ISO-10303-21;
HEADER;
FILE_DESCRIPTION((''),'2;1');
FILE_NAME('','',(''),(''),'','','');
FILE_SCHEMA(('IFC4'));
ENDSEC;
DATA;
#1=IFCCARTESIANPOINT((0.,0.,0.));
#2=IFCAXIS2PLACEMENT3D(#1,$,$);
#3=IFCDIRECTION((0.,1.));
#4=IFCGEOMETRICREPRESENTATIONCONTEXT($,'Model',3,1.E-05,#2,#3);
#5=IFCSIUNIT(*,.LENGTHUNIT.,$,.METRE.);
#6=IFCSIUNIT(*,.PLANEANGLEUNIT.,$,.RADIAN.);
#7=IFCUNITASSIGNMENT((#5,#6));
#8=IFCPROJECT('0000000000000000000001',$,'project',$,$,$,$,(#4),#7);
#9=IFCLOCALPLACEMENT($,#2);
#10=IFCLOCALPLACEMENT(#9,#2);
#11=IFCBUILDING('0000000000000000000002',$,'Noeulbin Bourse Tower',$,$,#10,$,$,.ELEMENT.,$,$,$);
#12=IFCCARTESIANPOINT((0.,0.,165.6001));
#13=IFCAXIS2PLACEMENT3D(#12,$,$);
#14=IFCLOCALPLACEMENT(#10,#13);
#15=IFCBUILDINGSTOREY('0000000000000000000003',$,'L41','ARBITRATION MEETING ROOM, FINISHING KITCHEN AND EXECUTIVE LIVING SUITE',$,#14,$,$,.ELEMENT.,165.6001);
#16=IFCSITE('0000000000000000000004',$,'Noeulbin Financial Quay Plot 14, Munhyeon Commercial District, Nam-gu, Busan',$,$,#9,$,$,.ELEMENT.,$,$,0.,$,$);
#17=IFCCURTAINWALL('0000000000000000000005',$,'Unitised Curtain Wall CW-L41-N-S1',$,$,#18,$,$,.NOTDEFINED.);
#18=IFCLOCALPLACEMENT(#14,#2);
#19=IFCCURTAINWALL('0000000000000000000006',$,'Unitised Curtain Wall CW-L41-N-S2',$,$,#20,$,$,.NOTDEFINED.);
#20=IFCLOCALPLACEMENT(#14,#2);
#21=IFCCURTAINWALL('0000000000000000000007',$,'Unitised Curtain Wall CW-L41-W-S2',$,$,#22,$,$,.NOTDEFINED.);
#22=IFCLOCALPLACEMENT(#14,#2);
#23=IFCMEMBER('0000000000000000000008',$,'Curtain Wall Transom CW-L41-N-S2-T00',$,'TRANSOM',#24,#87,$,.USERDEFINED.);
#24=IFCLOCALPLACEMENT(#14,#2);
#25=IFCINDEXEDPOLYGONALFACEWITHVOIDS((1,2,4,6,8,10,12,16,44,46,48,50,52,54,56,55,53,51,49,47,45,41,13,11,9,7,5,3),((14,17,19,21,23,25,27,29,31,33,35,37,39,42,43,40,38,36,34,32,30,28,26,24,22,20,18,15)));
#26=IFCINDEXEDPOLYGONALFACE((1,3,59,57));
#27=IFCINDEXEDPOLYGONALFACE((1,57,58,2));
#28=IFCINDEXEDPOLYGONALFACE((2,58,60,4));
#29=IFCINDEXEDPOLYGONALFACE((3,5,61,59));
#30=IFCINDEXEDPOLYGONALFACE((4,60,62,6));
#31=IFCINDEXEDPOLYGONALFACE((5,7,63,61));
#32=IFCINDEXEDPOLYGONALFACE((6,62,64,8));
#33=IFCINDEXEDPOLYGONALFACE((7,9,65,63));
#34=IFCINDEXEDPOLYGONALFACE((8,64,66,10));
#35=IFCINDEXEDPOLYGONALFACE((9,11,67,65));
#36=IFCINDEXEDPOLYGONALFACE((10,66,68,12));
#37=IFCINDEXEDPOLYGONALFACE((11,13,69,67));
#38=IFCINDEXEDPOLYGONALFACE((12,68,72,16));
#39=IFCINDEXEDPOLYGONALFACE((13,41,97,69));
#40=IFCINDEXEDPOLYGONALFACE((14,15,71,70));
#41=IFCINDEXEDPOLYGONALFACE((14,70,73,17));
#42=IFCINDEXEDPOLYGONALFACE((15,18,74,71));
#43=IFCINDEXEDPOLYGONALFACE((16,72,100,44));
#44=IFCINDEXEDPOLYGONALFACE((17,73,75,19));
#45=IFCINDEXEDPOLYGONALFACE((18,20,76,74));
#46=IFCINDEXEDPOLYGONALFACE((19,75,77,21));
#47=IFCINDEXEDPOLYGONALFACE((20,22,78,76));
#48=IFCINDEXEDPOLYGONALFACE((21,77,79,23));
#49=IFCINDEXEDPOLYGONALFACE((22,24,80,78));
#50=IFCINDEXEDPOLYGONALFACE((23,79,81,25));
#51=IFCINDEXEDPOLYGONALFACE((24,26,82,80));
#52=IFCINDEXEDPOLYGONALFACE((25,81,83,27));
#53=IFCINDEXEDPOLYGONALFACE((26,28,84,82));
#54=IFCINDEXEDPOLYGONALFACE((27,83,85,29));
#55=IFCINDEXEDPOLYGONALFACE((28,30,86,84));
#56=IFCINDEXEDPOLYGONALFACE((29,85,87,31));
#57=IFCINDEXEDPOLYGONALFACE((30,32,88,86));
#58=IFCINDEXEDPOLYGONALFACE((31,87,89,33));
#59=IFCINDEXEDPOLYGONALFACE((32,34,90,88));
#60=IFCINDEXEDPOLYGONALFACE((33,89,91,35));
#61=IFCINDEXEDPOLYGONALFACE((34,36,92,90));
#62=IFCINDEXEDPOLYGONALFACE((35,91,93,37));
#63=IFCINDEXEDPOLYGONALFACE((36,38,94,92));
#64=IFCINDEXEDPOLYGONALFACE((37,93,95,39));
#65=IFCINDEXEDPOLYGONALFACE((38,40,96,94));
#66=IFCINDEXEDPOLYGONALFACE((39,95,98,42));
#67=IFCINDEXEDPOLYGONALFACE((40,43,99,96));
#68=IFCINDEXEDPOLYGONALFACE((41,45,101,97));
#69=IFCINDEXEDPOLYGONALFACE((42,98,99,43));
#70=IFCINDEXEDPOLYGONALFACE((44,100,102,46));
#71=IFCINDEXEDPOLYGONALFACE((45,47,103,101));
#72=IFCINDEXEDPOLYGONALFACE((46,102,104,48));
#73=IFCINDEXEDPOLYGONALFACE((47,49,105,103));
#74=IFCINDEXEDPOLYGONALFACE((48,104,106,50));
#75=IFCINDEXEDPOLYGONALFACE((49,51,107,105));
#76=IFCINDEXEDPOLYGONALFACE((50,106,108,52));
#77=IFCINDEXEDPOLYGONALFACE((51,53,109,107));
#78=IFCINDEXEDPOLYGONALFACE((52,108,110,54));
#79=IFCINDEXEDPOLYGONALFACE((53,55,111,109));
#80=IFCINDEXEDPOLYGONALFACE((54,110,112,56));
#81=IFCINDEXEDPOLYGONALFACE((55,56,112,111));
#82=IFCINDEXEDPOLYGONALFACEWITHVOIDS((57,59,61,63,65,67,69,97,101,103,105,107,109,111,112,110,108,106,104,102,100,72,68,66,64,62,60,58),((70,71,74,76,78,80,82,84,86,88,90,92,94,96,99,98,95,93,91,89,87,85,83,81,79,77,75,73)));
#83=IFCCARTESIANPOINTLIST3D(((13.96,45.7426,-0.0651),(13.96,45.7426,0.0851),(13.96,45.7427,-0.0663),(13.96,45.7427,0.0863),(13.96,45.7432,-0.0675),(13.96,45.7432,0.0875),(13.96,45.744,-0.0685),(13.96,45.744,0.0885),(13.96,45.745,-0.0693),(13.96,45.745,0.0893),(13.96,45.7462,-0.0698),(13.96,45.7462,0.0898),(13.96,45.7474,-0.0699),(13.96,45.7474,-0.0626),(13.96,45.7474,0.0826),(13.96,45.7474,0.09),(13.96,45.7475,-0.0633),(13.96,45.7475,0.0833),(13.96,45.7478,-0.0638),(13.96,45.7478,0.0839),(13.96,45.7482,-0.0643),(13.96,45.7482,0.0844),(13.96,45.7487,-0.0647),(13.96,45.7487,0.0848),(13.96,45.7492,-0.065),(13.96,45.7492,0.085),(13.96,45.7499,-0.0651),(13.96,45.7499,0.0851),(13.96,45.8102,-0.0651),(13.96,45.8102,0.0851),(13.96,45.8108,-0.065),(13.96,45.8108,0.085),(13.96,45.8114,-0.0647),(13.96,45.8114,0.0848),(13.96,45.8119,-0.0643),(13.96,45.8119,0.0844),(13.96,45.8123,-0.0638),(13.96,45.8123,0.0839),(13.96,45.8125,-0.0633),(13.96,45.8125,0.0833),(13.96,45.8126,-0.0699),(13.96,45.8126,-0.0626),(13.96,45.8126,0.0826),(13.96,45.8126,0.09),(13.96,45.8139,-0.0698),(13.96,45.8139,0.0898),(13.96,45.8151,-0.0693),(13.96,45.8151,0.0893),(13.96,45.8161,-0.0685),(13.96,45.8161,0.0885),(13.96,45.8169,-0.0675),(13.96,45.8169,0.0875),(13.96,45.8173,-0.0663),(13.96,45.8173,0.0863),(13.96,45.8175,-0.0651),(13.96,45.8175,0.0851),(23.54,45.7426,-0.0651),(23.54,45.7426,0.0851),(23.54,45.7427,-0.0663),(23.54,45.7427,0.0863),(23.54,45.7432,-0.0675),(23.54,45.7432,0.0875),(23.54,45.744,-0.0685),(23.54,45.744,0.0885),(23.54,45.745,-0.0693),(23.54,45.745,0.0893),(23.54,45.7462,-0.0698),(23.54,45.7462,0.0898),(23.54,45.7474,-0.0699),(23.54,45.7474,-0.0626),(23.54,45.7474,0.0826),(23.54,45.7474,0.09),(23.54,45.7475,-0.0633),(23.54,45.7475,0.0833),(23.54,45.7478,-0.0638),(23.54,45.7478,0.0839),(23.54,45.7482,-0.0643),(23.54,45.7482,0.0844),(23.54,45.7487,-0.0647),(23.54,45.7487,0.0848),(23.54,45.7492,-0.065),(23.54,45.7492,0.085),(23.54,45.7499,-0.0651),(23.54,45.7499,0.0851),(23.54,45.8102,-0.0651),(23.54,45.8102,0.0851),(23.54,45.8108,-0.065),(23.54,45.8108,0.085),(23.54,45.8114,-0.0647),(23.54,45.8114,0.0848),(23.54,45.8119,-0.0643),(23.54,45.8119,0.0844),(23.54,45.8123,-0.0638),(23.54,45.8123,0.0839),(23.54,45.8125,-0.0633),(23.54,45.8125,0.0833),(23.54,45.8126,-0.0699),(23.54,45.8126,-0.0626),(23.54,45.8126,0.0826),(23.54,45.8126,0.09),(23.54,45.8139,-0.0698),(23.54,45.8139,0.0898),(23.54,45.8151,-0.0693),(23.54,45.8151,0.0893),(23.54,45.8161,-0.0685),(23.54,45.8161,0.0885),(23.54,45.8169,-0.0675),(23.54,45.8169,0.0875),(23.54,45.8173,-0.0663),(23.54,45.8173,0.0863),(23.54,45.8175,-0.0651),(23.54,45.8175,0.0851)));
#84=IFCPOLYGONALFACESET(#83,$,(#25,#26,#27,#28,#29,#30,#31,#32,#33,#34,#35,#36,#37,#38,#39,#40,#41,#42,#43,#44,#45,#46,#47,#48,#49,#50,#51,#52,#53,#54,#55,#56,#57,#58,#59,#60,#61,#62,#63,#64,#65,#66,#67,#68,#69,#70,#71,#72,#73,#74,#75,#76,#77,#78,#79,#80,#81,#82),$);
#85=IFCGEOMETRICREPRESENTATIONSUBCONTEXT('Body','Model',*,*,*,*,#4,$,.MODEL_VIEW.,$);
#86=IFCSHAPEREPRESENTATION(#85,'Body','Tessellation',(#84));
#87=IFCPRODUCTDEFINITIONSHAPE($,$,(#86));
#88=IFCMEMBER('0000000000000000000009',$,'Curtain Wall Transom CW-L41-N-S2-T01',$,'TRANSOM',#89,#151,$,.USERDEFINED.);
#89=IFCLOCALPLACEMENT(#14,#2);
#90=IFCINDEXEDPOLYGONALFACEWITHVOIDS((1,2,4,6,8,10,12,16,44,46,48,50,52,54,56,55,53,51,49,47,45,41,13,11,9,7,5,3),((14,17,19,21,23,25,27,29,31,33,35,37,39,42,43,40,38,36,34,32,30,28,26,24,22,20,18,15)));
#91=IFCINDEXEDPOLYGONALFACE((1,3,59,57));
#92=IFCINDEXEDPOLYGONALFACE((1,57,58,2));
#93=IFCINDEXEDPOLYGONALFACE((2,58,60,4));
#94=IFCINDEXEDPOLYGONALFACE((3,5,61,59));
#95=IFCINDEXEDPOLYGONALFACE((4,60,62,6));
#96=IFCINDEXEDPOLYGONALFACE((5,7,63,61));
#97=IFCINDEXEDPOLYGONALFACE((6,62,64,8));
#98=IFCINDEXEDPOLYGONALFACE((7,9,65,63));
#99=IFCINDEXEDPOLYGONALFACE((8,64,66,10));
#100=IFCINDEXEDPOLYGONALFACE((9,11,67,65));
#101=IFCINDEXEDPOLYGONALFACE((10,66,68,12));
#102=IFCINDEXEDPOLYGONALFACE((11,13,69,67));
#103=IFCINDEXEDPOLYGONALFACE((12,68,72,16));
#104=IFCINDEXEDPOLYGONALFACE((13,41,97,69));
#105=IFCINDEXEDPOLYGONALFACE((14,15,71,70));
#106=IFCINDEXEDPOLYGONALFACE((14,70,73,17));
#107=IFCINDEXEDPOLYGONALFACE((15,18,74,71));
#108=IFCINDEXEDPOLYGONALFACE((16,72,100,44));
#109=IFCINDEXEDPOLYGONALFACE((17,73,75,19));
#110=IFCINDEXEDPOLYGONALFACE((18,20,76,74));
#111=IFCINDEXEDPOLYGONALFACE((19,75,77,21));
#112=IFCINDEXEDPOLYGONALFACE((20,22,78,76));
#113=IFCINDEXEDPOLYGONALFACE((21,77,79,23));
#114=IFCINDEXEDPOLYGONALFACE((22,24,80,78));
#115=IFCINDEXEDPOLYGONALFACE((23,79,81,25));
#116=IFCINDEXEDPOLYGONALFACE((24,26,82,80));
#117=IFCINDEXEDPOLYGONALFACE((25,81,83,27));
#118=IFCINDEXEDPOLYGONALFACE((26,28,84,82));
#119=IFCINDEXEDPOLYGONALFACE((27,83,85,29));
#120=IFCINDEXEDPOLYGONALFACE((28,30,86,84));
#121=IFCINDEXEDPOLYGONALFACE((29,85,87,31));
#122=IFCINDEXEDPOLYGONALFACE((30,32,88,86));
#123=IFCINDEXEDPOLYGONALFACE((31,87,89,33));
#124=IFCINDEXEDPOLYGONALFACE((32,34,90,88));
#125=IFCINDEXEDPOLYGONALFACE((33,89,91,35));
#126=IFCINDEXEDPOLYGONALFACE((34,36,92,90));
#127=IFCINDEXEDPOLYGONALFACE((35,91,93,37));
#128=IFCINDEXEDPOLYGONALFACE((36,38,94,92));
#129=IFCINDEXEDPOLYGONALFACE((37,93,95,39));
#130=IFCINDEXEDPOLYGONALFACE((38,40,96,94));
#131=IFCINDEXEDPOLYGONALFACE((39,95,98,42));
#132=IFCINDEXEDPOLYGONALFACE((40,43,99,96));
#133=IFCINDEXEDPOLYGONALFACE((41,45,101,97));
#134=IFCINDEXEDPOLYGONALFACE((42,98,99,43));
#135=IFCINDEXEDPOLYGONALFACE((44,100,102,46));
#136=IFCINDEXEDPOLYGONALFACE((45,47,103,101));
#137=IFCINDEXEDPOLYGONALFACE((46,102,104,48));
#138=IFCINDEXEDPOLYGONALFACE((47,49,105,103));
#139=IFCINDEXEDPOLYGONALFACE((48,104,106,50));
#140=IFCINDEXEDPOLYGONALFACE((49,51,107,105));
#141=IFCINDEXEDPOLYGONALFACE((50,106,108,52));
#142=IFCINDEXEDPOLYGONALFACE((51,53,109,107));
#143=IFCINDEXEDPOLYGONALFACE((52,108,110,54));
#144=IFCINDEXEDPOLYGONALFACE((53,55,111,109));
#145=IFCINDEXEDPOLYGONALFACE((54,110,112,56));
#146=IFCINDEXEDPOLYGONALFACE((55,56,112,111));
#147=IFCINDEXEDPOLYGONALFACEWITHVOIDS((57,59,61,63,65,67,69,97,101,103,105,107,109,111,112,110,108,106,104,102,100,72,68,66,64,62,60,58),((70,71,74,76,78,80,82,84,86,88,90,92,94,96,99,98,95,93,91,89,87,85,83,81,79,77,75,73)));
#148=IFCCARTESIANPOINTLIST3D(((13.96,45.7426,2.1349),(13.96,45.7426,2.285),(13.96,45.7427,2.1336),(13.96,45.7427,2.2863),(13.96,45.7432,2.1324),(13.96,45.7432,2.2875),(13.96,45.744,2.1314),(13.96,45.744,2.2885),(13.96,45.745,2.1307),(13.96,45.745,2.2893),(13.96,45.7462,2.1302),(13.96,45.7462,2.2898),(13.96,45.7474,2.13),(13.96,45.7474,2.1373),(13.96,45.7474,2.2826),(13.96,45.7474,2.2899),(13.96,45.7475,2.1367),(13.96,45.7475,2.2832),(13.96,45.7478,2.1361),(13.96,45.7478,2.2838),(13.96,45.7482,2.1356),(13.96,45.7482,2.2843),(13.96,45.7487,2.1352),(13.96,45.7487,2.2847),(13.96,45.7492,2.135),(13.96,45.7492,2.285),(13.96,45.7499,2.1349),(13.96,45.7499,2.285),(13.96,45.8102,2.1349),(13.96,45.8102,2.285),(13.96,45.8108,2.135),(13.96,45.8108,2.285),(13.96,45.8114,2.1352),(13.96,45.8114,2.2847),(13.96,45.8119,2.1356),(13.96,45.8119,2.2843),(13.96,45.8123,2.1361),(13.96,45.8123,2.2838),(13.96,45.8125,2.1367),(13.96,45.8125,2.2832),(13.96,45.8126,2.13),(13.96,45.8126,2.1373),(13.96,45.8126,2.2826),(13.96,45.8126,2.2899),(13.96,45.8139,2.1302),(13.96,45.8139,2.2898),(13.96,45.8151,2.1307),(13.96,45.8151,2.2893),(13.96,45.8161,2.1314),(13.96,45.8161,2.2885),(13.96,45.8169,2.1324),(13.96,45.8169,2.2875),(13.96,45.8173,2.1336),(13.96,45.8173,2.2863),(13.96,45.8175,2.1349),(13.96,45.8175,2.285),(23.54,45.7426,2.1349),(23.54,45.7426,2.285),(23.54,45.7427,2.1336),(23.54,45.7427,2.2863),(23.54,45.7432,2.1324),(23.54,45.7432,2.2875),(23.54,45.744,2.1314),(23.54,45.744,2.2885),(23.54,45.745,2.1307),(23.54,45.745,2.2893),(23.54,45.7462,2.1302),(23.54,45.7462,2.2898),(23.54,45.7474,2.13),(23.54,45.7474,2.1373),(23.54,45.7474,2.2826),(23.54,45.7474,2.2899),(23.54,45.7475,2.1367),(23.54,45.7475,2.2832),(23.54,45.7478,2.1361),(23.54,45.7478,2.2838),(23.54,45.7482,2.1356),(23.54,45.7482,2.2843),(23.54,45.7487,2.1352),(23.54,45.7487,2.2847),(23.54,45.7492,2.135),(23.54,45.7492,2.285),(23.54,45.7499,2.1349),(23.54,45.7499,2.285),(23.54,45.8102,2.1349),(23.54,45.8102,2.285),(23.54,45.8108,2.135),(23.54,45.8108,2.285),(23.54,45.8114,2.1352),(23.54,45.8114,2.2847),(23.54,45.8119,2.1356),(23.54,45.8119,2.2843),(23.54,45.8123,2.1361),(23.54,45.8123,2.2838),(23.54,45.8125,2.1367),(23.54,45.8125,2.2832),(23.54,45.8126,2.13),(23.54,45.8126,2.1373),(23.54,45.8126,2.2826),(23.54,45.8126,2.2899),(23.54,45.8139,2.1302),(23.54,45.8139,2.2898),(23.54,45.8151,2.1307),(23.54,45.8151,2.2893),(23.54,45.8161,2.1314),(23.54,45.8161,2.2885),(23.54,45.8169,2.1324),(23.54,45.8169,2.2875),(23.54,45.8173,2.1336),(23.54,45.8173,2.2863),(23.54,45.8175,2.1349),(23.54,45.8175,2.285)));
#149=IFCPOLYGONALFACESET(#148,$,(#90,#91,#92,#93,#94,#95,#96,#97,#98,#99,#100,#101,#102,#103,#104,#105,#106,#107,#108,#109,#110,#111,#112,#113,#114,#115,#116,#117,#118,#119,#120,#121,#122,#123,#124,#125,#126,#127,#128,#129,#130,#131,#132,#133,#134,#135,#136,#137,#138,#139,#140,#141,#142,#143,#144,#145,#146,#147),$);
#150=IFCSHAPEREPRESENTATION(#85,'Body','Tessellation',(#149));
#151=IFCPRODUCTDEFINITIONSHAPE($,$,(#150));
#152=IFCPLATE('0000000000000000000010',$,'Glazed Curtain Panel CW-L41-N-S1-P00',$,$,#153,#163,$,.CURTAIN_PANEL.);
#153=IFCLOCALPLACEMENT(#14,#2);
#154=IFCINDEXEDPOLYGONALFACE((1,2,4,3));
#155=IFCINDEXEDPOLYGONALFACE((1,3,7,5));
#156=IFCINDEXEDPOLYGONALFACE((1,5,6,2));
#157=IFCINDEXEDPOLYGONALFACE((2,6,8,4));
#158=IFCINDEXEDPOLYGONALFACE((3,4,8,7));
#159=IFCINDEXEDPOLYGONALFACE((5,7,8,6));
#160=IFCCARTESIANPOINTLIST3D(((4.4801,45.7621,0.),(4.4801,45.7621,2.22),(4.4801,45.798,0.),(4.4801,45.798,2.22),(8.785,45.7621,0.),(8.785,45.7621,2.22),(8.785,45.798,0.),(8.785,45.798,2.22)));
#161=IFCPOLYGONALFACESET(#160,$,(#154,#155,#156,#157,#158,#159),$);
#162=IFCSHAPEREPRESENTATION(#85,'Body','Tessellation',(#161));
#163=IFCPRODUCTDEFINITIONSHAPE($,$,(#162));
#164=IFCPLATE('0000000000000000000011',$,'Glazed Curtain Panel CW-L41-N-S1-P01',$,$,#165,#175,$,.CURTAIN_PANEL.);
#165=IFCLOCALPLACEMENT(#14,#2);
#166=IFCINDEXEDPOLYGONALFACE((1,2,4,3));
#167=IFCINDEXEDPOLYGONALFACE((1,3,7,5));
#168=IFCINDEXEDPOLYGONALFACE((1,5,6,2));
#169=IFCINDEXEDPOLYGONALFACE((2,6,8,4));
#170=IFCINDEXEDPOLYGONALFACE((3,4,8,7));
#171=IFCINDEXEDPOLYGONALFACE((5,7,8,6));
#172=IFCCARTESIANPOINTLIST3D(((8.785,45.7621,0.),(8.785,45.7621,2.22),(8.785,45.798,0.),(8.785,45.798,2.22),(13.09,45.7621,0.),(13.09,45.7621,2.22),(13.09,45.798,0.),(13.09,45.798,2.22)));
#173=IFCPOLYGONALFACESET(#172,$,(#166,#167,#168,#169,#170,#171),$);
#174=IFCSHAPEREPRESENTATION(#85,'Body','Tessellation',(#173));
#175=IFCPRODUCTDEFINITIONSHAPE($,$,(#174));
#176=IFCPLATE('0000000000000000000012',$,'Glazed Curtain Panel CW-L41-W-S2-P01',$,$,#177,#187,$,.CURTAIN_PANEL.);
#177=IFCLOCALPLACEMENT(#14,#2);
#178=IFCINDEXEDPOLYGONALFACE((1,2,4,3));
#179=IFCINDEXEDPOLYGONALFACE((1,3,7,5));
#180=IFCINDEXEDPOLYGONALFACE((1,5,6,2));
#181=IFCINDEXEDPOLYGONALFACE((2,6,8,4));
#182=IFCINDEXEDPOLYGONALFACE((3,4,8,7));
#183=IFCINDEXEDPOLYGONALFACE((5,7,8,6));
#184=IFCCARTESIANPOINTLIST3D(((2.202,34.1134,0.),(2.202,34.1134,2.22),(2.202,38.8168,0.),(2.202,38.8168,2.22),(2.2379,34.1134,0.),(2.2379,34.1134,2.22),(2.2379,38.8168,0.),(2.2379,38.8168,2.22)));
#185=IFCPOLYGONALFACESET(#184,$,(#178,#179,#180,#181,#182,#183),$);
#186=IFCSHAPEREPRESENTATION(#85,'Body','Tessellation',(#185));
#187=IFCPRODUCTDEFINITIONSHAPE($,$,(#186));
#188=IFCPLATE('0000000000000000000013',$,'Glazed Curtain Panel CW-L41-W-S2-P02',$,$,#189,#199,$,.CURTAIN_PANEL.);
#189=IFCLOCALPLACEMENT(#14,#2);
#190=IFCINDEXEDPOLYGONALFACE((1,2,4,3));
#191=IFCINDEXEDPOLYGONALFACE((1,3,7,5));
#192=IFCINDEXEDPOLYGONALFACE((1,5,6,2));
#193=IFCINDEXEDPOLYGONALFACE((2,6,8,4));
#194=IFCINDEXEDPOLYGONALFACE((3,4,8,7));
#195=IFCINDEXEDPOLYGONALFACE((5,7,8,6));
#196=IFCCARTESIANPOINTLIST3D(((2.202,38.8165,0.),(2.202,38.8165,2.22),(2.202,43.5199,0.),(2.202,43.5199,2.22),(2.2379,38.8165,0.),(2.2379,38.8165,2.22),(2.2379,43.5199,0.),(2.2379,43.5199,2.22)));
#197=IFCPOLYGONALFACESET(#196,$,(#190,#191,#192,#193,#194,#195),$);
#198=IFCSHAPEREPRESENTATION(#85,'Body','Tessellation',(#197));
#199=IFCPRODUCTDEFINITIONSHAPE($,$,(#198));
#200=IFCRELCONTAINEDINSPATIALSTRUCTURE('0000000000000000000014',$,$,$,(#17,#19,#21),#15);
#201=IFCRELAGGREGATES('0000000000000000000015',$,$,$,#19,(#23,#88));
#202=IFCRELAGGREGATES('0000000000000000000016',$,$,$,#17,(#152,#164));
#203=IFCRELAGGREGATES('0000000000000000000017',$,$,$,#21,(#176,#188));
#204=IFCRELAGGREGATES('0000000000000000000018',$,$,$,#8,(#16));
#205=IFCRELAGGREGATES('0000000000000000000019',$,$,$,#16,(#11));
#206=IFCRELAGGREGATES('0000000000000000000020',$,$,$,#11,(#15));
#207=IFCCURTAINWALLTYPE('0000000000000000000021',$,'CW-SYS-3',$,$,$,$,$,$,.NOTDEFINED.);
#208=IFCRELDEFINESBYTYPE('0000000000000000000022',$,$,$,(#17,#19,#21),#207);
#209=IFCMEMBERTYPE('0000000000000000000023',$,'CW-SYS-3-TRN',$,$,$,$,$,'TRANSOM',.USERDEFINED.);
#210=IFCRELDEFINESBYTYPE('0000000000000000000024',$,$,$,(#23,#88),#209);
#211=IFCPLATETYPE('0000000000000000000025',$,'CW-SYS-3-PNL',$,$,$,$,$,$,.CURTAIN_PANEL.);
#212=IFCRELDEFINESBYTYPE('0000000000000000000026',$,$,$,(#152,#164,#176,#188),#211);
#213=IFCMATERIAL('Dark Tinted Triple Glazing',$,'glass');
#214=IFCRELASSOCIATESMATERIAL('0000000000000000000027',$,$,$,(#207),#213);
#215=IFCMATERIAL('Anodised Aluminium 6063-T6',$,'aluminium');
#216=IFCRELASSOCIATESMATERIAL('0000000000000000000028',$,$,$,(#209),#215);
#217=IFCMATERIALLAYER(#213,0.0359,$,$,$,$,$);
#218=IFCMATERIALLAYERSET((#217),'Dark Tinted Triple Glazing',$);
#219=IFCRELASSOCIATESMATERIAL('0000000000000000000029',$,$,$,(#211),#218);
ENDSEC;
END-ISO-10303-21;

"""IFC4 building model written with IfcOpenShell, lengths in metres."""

from ifc_helpers import new_model, si_unit, direction, frame, origin, origin_2d, place, context, subcontext, project, spatial, rectangle, hollow_rectangle, extrude, material, layer, layer_set, material_profile, profile_set, type_object, element, aggregate, save


model = new_model("IFC4")

# Units and contexts
model_context = context("Model", 3, precision=1e-05, world=origin(), true_north=direction((0.0, 1.0)))
body_context = subcontext(model_context, "Body", "Model", "MODEL_VIEW")
ifc_project = project(units=[si_unit("LENGTHUNIT", "METRE"), si_unit("PLANEANGLEUNIT", "RADIAN")], contexts=[model_context])

# Site, building, storey
site_placement = place(None, origin())
site = spatial("IfcSite", under=ifc_project, at=site_placement, Name="Noeulbin Financial Quay Plot 14, Munhyeon Commercial District, Nam-gu, Busan", CompositionType="ELEMENT", RefElevation=0.0)
building_placement = place(site_placement, origin())
building = spatial("IfcBuilding", under=site, at=building_placement, Name="Noeulbin Bourse Tower", CompositionType="ELEMENT")
storey_placement = place(building_placement, frame((0.0, 0.0, 165.6001)))
storey = spatial("IfcBuildingStorey", under=building, at=storey_placement, Name="L41", Description="ARBITRATION MEETING ROOM, FINISHING KITCHEN AND EXECUTIVE LIVING SUITE", CompositionType="ELEMENT", Elevation=165.6001)

# Curtain wall
ifc_material_1 = material(Name="Dark Tinted Triple Glazing", Category="glass")
curtain_wall_type = type_object("IfcCurtainWallType", Name="CW-SYS-3", PredefinedType="NOTDEFINED", material=ifc_material_1)
curtain_wall_1_placement = place(storey_placement, origin())
curtain_wall_1 = element("IfcCurtainWall", 1, at=curtain_wall_1_placement, inside=storey, type_object=curtain_wall_type, Name="Unitised Curtain Wall CW-L41-N-S1", PredefinedType="NOTDEFINED")
ifc_material_2 = material(Name="Anodised Aluminium 6063-T6", Category="aluminium")

# Curtain wall
curtain_wall_2_placement = place(storey_placement, origin())
curtain_wall_2 = element("IfcCurtainWall", 2, at=curtain_wall_2_placement, inside=storey, type_object=curtain_wall_type, Name="Unitised Curtain Wall CW-L41-N-S2", PredefinedType="NOTDEFINED")

# Curtain wall
curtain_wall_3_placement = place(storey_placement, origin())
curtain_wall_3 = element("IfcCurtainWall", 3, at=curtain_wall_3_placement, inside=storey, type_object=curtain_wall_type, Name="Unitised Curtain Wall CW-L41-W-S2", PredefinedType="NOTDEFINED")

# Members
ifc_material_profile_1 = material_profile(ifc_material_2, hollow_rectangle(XDim=0.075, YDim=0.1599, WallThickness=0.0049, InnerFilletRadius=0.0024, OuterFilletRadius=0.0049, at=origin_2d()), Name="ALU-TRAN-75x160x5", Category="LoadBearing")
ifc_profile_set_1 = profile_set([ifc_material_profile_1], Name="Anodised Aluminium 6063-T6")
member_type_1 = type_object("IfcMemberType", Name="CW-SYS-3-TRN", ElementType="TRANSOM", PredefinedType="USERDEFINED", material=ifc_profile_set_1)
member_1_placement = place(storey_placement, frame((13.96, 45.78, 0.01), z_axis=(1.0, 0.0, 0.0), x_axis=(0.0, 1.0, 0.0)))
member_1 = element("IfcMember", 4, at=member_1_placement, type_object=member_type_1, Name="Curtain Wall Transom CW-L41-N-S2-T00", ObjectType="TRANSOM", PredefinedType="USERDEFINED", context=body_context, shape_type="SweptSolid", body=[
    extrude(hollow_rectangle(XDim=0.075, YDim=0.1599, WallThickness=0.0049, InnerFilletRadius=0.0024, OuterFilletRadius=0.0049, at=origin_2d()), origin(), (0.0, 0.0, 1.0), 9.5801),
])
member_2_placement = place(storey_placement, frame((13.96, 45.78, 2.21), z_axis=(1.0, 0.0, 0.0), x_axis=(0.0, 1.0, 0.0)))
member_2 = element("IfcMember", 5, at=member_2_placement, type_object=member_type_1, Name="Curtain Wall Transom CW-L41-N-S2-T01", ObjectType="TRANSOM", PredefinedType="USERDEFINED", context=body_context, shape_type="SweptSolid", body=[
    extrude(hollow_rectangle(XDim=0.075, YDim=0.1599, WallThickness=0.0049, InnerFilletRadius=0.0024, OuterFilletRadius=0.0049, at=origin_2d()), origin(), (0.0, 0.0, 1.0), 9.5801),
])
aggregate(curtain_wall_2, [member_1, member_2])

# Plates
ifc_layer_1 = layer(ifc_material_1, 0.0359)
ifc_layer_set_1 = layer_set([ifc_layer_1], Name="Dark Tinted Triple Glazing")
plate_type_1 = type_object("IfcPlateType", Name="CW-SYS-3-PNL", PredefinedType="CURTAIN_PANEL", material=ifc_layer_set_1)
plate_1_placement = place(storey_placement, frame((6.6326, 45.78, 0.0), z_axis=(0.0, 0.0, 1.0), x_axis=(1.0, 0.0, 0.0)))
plate_1 = element("IfcPlate", 6, at=plate_1_placement, type_object=plate_type_1, Name="Glazed Curtain Panel CW-L41-N-S1-P00", PredefinedType="CURTAIN_PANEL", context=body_context, shape_type="SweptSolid", body=[
    extrude(rectangle(XDim=4.3049, YDim=0.0359, at=origin_2d()), origin(), (0.0, 0.0, 1.0), 2.22),
])
plate_2_placement = place(storey_placement, frame((10.9375, 45.78, 0.0), z_axis=(0.0, 0.0, 1.0), x_axis=(1.0, 0.0, 0.0)))
plate_2 = element("IfcPlate", 7, at=plate_2_placement, type_object=plate_type_1, Name="Glazed Curtain Panel CW-L41-N-S1-P01", PredefinedType="CURTAIN_PANEL", context=body_context, shape_type="SweptSolid", body=[
    extrude(rectangle(XDim=4.3049, YDim=0.0359, at=origin_2d()), origin(), (0.0, 0.0, 1.0), 2.22),
])
aggregate(curtain_wall_1, [plate_1, plate_2])
plate_3_placement = place(storey_placement, frame((2.22, 36.4651, 0.0), z_axis=(0.0, 0.0, 1.0), x_axis=(0.0, 1.0, 0.0)))
plate_3 = element("IfcPlate", 8, at=plate_3_placement, type_object=plate_type_1, Name="Glazed Curtain Panel CW-L41-W-S2-P01", PredefinedType="CURTAIN_PANEL", context=body_context, shape_type="SweptSolid", body=[
    extrude(rectangle(XDim=4.7034, YDim=0.0359, at=origin_2d()), origin(), (0.0, 0.0, 1.0), 2.22),
])
plate_4_placement = place(storey_placement, frame((2.22, 41.1682, 0.0), z_axis=(0.0, 0.0, 1.0), x_axis=(0.0, 1.0, 0.0)))
plate_4 = element("IfcPlate", 9, at=plate_4_placement, type_object=plate_type_1, Name="Glazed Curtain Panel CW-L41-W-S2-P02", PredefinedType="CURTAIN_PANEL", context=body_context, shape_type="SweptSolid", body=[
    extrude(rectangle(XDim=4.7034, YDim=0.0359, at=origin_2d()), origin(), (0.0, 0.0, 1.0), 2.22),
])
aggregate(curtain_wall_3, [plate_3, plate_4])

save(model, "model.ifc")
